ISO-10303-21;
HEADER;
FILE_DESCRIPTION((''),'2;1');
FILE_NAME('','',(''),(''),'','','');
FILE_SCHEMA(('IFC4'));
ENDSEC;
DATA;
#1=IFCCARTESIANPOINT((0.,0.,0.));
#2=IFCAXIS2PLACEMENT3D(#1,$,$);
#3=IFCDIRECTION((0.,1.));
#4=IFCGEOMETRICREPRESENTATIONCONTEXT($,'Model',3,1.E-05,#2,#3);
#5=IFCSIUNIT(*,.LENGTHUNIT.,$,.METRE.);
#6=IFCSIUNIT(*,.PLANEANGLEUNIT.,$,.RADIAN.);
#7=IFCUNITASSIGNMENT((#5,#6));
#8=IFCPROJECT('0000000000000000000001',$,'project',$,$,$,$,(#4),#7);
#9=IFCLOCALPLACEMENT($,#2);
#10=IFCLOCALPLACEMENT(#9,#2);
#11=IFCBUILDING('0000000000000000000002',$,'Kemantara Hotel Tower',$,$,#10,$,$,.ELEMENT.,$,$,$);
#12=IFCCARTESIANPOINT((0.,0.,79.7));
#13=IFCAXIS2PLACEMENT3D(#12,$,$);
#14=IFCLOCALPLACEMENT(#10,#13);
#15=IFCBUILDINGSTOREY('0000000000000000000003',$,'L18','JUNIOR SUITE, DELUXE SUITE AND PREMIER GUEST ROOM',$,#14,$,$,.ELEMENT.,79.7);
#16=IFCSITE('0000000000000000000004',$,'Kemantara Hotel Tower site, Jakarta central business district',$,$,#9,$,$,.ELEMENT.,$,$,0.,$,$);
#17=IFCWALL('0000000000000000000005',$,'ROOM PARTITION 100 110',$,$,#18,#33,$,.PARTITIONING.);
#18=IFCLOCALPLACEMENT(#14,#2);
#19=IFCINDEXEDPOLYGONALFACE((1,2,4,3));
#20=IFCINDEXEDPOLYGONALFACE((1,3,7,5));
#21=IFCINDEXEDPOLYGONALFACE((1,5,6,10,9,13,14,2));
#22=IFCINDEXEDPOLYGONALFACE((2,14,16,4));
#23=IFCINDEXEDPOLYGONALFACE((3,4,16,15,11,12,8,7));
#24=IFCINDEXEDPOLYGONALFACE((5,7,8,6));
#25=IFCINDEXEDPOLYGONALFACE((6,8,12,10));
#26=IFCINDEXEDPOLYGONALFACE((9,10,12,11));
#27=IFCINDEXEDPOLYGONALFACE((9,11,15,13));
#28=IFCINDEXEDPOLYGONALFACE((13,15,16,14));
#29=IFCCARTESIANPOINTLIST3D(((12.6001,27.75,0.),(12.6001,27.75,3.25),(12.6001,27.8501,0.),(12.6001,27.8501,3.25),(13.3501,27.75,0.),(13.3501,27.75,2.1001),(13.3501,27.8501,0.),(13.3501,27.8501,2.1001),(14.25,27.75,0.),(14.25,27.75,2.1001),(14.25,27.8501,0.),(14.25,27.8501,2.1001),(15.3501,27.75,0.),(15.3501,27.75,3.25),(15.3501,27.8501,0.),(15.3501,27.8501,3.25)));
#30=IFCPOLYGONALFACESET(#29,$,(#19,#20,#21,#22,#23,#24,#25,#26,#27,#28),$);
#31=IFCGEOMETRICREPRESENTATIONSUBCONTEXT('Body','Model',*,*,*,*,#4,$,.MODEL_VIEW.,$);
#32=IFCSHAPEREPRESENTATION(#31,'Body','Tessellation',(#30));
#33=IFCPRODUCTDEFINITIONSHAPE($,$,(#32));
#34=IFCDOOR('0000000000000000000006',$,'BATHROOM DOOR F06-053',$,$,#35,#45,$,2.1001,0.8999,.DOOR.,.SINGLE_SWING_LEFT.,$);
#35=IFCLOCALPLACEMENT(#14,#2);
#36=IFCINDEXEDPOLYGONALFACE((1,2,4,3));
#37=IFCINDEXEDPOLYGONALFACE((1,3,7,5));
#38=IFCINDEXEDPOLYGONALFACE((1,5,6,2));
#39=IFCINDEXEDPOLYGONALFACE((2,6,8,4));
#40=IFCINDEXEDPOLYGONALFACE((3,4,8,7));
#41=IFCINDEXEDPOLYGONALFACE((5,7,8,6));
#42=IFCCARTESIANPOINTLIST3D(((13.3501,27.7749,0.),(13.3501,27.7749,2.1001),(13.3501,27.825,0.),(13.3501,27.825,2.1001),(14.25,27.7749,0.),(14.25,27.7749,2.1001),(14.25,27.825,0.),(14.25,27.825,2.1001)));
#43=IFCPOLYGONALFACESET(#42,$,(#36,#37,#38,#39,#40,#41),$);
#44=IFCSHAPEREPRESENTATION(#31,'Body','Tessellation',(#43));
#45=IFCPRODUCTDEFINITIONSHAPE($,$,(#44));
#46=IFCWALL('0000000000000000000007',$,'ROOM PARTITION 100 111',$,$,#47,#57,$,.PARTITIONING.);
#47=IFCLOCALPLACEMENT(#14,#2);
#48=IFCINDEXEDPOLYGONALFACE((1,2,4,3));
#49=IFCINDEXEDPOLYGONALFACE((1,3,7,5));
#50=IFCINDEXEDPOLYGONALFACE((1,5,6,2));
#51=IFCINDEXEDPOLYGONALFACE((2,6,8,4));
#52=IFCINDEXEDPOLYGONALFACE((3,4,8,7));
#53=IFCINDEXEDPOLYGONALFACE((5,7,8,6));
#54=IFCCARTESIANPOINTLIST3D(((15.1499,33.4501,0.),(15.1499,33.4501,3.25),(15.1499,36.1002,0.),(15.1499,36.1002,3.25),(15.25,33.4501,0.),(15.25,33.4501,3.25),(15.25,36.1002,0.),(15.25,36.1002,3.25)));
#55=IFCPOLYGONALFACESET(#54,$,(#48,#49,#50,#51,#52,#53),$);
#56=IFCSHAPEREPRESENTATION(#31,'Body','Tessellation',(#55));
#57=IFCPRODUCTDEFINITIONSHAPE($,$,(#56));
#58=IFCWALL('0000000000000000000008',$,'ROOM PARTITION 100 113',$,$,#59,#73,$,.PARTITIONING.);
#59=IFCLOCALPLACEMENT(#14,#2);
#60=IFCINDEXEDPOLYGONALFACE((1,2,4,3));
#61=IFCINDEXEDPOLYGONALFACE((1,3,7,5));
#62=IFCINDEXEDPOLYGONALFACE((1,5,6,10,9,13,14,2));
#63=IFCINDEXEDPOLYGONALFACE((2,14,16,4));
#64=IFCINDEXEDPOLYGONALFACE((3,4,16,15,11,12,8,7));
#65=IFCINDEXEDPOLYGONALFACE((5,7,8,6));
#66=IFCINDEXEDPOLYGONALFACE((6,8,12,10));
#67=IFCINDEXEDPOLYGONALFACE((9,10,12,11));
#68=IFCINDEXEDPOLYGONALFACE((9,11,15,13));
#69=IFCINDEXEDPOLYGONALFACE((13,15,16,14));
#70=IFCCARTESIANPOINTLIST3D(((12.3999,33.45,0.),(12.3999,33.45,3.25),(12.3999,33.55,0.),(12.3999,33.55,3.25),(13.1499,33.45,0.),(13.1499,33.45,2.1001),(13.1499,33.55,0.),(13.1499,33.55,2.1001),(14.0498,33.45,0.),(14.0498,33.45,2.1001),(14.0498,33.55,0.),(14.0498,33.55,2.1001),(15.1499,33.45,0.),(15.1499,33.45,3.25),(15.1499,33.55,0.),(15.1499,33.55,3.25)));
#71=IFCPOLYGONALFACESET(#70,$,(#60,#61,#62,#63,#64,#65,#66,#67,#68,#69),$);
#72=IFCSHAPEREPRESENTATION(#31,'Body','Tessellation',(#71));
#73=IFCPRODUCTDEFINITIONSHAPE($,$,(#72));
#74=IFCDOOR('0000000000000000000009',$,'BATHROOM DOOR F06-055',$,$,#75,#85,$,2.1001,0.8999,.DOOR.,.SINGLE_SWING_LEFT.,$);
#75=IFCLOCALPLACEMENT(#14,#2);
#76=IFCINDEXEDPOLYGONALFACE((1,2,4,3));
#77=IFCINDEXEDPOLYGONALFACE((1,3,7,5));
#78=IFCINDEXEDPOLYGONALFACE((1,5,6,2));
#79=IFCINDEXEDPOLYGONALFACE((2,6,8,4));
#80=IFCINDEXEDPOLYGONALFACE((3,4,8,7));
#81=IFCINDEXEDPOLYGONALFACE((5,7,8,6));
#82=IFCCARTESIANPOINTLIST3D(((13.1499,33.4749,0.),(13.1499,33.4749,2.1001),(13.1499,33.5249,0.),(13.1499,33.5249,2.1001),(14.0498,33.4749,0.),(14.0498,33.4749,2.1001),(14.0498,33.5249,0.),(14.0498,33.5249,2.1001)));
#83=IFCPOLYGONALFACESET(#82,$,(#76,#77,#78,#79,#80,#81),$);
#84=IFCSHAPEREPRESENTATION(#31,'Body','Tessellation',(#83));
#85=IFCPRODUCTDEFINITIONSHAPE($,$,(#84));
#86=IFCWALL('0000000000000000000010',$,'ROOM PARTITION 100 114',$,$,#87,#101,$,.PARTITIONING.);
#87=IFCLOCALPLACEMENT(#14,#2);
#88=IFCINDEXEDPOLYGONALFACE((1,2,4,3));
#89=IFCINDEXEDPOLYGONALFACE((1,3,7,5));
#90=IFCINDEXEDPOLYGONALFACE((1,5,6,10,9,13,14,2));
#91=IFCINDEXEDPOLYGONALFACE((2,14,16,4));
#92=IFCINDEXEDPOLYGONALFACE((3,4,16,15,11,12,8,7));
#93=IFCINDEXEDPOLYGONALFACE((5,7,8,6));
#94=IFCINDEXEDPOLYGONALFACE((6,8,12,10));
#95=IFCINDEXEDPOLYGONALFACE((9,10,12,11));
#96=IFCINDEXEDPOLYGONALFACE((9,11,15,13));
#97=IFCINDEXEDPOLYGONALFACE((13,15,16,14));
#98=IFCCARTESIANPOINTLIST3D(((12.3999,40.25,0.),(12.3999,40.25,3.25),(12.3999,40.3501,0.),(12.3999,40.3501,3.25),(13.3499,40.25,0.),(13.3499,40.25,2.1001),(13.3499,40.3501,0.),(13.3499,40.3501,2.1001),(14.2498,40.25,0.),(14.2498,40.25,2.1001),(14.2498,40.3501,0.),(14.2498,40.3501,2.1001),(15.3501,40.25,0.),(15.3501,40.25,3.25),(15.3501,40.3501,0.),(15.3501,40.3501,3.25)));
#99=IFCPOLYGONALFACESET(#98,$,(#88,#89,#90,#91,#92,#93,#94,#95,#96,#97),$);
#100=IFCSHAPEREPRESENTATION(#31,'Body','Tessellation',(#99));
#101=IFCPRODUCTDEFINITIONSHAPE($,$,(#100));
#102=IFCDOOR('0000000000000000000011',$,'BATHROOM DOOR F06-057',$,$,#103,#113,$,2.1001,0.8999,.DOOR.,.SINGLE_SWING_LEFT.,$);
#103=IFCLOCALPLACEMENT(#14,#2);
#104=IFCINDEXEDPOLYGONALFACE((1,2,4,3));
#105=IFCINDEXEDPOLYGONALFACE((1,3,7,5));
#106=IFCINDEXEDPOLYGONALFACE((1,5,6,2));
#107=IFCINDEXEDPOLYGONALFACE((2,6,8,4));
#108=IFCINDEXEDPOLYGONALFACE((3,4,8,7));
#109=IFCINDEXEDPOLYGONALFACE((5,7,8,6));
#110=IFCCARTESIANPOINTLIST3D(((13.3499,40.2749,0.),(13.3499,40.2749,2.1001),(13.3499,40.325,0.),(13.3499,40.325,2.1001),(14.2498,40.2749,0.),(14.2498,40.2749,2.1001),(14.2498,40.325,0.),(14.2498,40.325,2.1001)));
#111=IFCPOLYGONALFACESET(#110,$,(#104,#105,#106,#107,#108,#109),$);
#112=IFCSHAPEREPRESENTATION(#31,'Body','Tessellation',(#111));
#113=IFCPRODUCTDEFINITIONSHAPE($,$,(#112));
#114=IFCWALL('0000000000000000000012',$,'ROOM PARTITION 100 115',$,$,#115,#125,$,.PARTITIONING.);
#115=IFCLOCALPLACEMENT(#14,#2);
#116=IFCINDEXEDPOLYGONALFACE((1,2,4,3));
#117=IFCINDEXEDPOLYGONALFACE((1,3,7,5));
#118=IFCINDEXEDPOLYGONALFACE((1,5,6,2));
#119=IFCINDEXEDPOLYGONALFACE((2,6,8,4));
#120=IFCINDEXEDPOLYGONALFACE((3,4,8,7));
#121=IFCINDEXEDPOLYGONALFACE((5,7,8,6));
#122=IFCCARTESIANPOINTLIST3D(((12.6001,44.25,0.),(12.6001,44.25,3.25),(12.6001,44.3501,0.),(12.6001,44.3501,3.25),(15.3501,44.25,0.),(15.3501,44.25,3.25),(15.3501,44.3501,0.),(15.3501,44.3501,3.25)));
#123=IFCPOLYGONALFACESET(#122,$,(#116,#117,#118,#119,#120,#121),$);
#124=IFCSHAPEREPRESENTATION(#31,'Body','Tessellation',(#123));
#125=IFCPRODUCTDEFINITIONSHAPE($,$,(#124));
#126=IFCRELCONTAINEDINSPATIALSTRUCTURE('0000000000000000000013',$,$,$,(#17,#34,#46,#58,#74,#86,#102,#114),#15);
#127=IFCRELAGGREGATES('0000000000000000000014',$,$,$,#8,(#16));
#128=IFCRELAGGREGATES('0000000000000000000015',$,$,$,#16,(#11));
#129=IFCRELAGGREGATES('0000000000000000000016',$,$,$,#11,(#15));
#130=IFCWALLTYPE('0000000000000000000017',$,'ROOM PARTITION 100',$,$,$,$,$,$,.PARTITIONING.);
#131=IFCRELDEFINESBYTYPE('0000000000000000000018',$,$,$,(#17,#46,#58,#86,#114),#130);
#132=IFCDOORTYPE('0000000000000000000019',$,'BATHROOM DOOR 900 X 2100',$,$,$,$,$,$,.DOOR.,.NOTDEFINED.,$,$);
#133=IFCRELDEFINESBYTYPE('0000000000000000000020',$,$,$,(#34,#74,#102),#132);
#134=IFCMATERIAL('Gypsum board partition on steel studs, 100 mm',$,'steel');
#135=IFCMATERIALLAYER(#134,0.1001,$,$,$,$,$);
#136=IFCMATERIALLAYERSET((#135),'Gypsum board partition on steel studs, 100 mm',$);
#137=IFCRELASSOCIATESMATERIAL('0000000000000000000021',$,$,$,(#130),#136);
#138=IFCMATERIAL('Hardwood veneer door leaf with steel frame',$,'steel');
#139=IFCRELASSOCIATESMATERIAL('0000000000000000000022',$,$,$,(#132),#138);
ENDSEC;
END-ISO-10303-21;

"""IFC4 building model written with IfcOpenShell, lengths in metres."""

from ifc_helpers import new_model, si_unit, direction, frame, frame_2d, origin, place, context, subcontext, project, spatial, rectangle, extrude, material, layer, layer_set, type_object, element, fill, save


model = new_model("IFC4")

# Units and contexts
model_context = context("Model", 3, precision=1e-05, world=origin(), true_north=direction((0.0, 1.0)))
body_context = subcontext(model_context, "Body", "Model", "MODEL_VIEW")
ifc_project = project(units=[si_unit("LENGTHUNIT", "METRE"), si_unit("PLANEANGLEUNIT", "RADIAN")], contexts=[model_context])

# Site, building, storey
site_placement = place(None, origin())
site = spatial("IfcSite", under=ifc_project, at=site_placement, Name="Kemantara Hotel Tower site, Jakarta central business district", CompositionType="ELEMENT", RefElevation=0.0)
building_placement = place(site_placement, origin())
building = spatial("IfcBuilding", under=site, at=building_placement, Name="Kemantara Hotel Tower", CompositionType="ELEMENT")
storey_placement = place(building_placement, frame((0.0, 0.0, 79.7)))
storey = spatial("IfcBuildingStorey", under=building, at=storey_placement, Name="L18", Description="JUNIOR SUITE, DELUXE SUITE AND PREMIER GUEST ROOM", CompositionType="ELEMENT", Elevation=79.7)

# Shared definitions
ifc_material_1 = material(Name="Hardwood veneer door leaf with steel frame", Category="steel")

# Shared definitions
ifc_material_2 = material(Name="Gypsum board partition on steel studs, 100 mm", Category="steel")
ifc_layer_1 = layer(ifc_material_2, 0.1001)
ifc_layer_set_1 = layer_set([ifc_layer_1], Name="Gypsum board partition on steel studs, 100 mm")
wall_type_1 = type_object("IfcWallType", Name="ROOM PARTITION 100", PredefinedType="PARTITIONING", material=ifc_layer_set_1)

# Wall, opening, door
wall_1_placement = place(storey_placement, frame((12.6001, 27.8, 0.0), z_axis=(0.0, 0.0, 1.0), x_axis=(1.0, 0.0, 0.0)))
wall_1 = element("IfcWall", 1, at=wall_1_placement, inside=storey, type_object=wall_type_1, Name="ROOM PARTITION 100 110", PredefinedType="PARTITIONING", context=body_context, shape_type="SweptSolid", body=[
    extrude(rectangle(XDim=2.75, YDim=0.1001, at=frame_2d((1.375, 0.0))), origin(), (0.0, 0.0, 1.0), 3.25),
])
opening_1_placement = place(wall_1_placement, frame((0.75, 0.0, 0.0)))
opening_1 = element("IfcOpeningElement", 2, at=opening_1_placement, cuts=wall_1, PredefinedType="OPENING", context=body_context, shape_type="SweptSolid", body=[
    extrude(rectangle(XDim=0.8999, YDim=2.1001, at=frame_2d((0.45, 1.05))), frame((0.0, 0.0601, 0.0), z_axis=(0.0, -1.0, 0.0), x_axis=(1.0, 0.0, 0.0)), (0.0, 0.0, 1.0), 0.1201),
])
door_type_1 = type_object("IfcDoorType", Name="BATHROOM DOOR 900 X 2100", OperationType="NOTDEFINED", PredefinedType="DOOR", material=ifc_material_1)
door_1_placement = place(opening_1_placement, origin())
door_1 = element("IfcDoor", 3, at=door_1_placement, inside=storey, type_object=door_type_1, Name="BATHROOM DOOR F06-053", OperationType="SINGLE_SWING_LEFT", OverallHeight=2.1001, OverallWidth=0.8999, PredefinedType="DOOR", context=body_context, shape_type="SweptSolid", body=[
    extrude(rectangle(XDim=0.8999, YDim=2.1001, at=frame_2d((0.45, 1.05))), frame((0.0, 0.0249, 0.0), z_axis=(0.0, -1.0, 0.0), x_axis=(1.0, 0.0, 0.0)), (0.0, 0.0, 1.0), 0.05),
])
fill(opening_1, door_1)

# Wall
wall_2_placement = place(storey_placement, frame((15.2, 33.45, 0.0), z_axis=(0.0, 0.0, 1.0), x_axis=(0.0, 1.0, 0.0)))
element("IfcWall", 4, at=wall_2_placement, inside=storey, type_object=wall_type_1, Name="ROOM PARTITION 100 111", PredefinedType="PARTITIONING", context=body_context, shape_type="SweptSolid", body=[
    extrude(rectangle(XDim=2.6501, YDim=0.1001, at=frame_2d((1.3252, 0.0))), origin(), (0.0, 0.0, 1.0), 3.25),
])

# Walls, openings, doors
wall_3_placement = place(storey_placement, frame((12.3999, 33.5, 0.0), z_axis=(0.0, 0.0, 1.0), x_axis=(1.0, 0.0, 0.0)))
wall_3 = element("IfcWall", 5, at=wall_3_placement, inside=storey, type_object=wall_type_1, Name="ROOM PARTITION 100 113", PredefinedType="PARTITIONING", context=body_context, shape_type="SweptSolid", body=[
    extrude(rectangle(XDim=2.75, YDim=0.1001, at=frame_2d((1.375, 0.0))), origin(), (0.0, 0.0, 1.0), 3.25),
])
opening_2_placement = place(wall_3_placement, frame((0.75, 0.0, 0.0)))
opening_2 = element("IfcOpeningElement", 6, at=opening_2_placement, cuts=wall_3, PredefinedType="OPENING", context=body_context, shape_type="SweptSolid", body=[
    extrude(rectangle(XDim=0.8999, YDim=2.1001, at=frame_2d((0.45, 1.05))), frame((0.0, 0.0601, 0.0), z_axis=(0.0, -1.0, 0.0), x_axis=(1.0, 0.0, 0.0)), (0.0, 0.0, 1.0), 0.1201),
])
door_2_placement = place(opening_2_placement, origin())
door_2 = element("IfcDoor", 7, at=door_2_placement, inside=storey, type_object=door_type_1, Name="BATHROOM DOOR F06-055", OperationType="SINGLE_SWING_LEFT", OverallHeight=2.1001, OverallWidth=0.8999, PredefinedType="DOOR", context=body_context, shape_type="SweptSolid", body=[
    extrude(rectangle(XDim=0.8999, YDim=2.1001, at=frame_2d((0.45, 1.05))), frame((0.0, 0.0249, 0.0), z_axis=(0.0, -1.0, 0.0), x_axis=(1.0, 0.0, 0.0)), (0.0, 0.0, 1.0), 0.05),
])
fill(opening_2, door_2)
wall_4_placement = place(storey_placement, frame((12.3999, 40.3, 0.0), z_axis=(0.0, 0.0, 1.0), x_axis=(1.0, 0.0, 0.0)))
wall_4 = element("IfcWall", 8, at=wall_4_placement, inside=storey, type_object=wall_type_1, Name="ROOM PARTITION 100 114", PredefinedType="PARTITIONING", context=body_context, shape_type="SweptSolid", body=[
    extrude(rectangle(XDim=2.9502, YDim=0.1001, at=frame_2d((1.4751, 0.0))), origin(), (0.0, 0.0, 1.0), 3.25),
])
opening_3_placement = place(wall_4_placement, frame((0.95, 0.0, 0.0)))
opening_3 = element("IfcOpeningElement", 9, at=opening_3_placement, cuts=wall_4, PredefinedType="OPENING", context=body_context, shape_type="SweptSolid", body=[
    extrude(rectangle(XDim=0.8999, YDim=2.1001, at=frame_2d((0.45, 1.05))), frame((0.0, 0.0601, 0.0), z_axis=(0.0, -1.0, 0.0), x_axis=(1.0, 0.0, 0.0)), (0.0, 0.0, 1.0), 0.1201),
])
door_3_placement = place(opening_3_placement, origin())
door_3 = element("IfcDoor", 10, at=door_3_placement, inside=storey, type_object=door_type_1, Name="BATHROOM DOOR F06-057", OperationType="SINGLE_SWING_LEFT", OverallHeight=2.1001, OverallWidth=0.8999, PredefinedType="DOOR", context=body_context, shape_type="SweptSolid", body=[
    extrude(rectangle(XDim=0.8999, YDim=2.1001, at=frame_2d((0.45, 1.05))), frame((0.0, 0.0249, 0.0), z_axis=(0.0, -1.0, 0.0), x_axis=(1.0, 0.0, 0.0)), (0.0, 0.0, 1.0), 0.05),
])
fill(opening_3, door_3)

# Wall
wall_5_placement = place(storey_placement, frame((12.6001, 44.3, 0.0), z_axis=(0.0, 0.0, 1.0), x_axis=(1.0, 0.0, 0.0)))
element("IfcWall", 11, at=wall_5_placement, inside=storey, type_object=wall_type_1, Name="ROOM PARTITION 100 115", PredefinedType="PARTITIONING", context=body_context, shape_type="SweptSolid", body=[
    extrude(rectangle(XDim=2.75, YDim=0.1001, at=frame_2d((1.375, 0.0))), origin(), (0.0, 0.0, 1.0), 3.25),
])

save(model, "model.ifc")
